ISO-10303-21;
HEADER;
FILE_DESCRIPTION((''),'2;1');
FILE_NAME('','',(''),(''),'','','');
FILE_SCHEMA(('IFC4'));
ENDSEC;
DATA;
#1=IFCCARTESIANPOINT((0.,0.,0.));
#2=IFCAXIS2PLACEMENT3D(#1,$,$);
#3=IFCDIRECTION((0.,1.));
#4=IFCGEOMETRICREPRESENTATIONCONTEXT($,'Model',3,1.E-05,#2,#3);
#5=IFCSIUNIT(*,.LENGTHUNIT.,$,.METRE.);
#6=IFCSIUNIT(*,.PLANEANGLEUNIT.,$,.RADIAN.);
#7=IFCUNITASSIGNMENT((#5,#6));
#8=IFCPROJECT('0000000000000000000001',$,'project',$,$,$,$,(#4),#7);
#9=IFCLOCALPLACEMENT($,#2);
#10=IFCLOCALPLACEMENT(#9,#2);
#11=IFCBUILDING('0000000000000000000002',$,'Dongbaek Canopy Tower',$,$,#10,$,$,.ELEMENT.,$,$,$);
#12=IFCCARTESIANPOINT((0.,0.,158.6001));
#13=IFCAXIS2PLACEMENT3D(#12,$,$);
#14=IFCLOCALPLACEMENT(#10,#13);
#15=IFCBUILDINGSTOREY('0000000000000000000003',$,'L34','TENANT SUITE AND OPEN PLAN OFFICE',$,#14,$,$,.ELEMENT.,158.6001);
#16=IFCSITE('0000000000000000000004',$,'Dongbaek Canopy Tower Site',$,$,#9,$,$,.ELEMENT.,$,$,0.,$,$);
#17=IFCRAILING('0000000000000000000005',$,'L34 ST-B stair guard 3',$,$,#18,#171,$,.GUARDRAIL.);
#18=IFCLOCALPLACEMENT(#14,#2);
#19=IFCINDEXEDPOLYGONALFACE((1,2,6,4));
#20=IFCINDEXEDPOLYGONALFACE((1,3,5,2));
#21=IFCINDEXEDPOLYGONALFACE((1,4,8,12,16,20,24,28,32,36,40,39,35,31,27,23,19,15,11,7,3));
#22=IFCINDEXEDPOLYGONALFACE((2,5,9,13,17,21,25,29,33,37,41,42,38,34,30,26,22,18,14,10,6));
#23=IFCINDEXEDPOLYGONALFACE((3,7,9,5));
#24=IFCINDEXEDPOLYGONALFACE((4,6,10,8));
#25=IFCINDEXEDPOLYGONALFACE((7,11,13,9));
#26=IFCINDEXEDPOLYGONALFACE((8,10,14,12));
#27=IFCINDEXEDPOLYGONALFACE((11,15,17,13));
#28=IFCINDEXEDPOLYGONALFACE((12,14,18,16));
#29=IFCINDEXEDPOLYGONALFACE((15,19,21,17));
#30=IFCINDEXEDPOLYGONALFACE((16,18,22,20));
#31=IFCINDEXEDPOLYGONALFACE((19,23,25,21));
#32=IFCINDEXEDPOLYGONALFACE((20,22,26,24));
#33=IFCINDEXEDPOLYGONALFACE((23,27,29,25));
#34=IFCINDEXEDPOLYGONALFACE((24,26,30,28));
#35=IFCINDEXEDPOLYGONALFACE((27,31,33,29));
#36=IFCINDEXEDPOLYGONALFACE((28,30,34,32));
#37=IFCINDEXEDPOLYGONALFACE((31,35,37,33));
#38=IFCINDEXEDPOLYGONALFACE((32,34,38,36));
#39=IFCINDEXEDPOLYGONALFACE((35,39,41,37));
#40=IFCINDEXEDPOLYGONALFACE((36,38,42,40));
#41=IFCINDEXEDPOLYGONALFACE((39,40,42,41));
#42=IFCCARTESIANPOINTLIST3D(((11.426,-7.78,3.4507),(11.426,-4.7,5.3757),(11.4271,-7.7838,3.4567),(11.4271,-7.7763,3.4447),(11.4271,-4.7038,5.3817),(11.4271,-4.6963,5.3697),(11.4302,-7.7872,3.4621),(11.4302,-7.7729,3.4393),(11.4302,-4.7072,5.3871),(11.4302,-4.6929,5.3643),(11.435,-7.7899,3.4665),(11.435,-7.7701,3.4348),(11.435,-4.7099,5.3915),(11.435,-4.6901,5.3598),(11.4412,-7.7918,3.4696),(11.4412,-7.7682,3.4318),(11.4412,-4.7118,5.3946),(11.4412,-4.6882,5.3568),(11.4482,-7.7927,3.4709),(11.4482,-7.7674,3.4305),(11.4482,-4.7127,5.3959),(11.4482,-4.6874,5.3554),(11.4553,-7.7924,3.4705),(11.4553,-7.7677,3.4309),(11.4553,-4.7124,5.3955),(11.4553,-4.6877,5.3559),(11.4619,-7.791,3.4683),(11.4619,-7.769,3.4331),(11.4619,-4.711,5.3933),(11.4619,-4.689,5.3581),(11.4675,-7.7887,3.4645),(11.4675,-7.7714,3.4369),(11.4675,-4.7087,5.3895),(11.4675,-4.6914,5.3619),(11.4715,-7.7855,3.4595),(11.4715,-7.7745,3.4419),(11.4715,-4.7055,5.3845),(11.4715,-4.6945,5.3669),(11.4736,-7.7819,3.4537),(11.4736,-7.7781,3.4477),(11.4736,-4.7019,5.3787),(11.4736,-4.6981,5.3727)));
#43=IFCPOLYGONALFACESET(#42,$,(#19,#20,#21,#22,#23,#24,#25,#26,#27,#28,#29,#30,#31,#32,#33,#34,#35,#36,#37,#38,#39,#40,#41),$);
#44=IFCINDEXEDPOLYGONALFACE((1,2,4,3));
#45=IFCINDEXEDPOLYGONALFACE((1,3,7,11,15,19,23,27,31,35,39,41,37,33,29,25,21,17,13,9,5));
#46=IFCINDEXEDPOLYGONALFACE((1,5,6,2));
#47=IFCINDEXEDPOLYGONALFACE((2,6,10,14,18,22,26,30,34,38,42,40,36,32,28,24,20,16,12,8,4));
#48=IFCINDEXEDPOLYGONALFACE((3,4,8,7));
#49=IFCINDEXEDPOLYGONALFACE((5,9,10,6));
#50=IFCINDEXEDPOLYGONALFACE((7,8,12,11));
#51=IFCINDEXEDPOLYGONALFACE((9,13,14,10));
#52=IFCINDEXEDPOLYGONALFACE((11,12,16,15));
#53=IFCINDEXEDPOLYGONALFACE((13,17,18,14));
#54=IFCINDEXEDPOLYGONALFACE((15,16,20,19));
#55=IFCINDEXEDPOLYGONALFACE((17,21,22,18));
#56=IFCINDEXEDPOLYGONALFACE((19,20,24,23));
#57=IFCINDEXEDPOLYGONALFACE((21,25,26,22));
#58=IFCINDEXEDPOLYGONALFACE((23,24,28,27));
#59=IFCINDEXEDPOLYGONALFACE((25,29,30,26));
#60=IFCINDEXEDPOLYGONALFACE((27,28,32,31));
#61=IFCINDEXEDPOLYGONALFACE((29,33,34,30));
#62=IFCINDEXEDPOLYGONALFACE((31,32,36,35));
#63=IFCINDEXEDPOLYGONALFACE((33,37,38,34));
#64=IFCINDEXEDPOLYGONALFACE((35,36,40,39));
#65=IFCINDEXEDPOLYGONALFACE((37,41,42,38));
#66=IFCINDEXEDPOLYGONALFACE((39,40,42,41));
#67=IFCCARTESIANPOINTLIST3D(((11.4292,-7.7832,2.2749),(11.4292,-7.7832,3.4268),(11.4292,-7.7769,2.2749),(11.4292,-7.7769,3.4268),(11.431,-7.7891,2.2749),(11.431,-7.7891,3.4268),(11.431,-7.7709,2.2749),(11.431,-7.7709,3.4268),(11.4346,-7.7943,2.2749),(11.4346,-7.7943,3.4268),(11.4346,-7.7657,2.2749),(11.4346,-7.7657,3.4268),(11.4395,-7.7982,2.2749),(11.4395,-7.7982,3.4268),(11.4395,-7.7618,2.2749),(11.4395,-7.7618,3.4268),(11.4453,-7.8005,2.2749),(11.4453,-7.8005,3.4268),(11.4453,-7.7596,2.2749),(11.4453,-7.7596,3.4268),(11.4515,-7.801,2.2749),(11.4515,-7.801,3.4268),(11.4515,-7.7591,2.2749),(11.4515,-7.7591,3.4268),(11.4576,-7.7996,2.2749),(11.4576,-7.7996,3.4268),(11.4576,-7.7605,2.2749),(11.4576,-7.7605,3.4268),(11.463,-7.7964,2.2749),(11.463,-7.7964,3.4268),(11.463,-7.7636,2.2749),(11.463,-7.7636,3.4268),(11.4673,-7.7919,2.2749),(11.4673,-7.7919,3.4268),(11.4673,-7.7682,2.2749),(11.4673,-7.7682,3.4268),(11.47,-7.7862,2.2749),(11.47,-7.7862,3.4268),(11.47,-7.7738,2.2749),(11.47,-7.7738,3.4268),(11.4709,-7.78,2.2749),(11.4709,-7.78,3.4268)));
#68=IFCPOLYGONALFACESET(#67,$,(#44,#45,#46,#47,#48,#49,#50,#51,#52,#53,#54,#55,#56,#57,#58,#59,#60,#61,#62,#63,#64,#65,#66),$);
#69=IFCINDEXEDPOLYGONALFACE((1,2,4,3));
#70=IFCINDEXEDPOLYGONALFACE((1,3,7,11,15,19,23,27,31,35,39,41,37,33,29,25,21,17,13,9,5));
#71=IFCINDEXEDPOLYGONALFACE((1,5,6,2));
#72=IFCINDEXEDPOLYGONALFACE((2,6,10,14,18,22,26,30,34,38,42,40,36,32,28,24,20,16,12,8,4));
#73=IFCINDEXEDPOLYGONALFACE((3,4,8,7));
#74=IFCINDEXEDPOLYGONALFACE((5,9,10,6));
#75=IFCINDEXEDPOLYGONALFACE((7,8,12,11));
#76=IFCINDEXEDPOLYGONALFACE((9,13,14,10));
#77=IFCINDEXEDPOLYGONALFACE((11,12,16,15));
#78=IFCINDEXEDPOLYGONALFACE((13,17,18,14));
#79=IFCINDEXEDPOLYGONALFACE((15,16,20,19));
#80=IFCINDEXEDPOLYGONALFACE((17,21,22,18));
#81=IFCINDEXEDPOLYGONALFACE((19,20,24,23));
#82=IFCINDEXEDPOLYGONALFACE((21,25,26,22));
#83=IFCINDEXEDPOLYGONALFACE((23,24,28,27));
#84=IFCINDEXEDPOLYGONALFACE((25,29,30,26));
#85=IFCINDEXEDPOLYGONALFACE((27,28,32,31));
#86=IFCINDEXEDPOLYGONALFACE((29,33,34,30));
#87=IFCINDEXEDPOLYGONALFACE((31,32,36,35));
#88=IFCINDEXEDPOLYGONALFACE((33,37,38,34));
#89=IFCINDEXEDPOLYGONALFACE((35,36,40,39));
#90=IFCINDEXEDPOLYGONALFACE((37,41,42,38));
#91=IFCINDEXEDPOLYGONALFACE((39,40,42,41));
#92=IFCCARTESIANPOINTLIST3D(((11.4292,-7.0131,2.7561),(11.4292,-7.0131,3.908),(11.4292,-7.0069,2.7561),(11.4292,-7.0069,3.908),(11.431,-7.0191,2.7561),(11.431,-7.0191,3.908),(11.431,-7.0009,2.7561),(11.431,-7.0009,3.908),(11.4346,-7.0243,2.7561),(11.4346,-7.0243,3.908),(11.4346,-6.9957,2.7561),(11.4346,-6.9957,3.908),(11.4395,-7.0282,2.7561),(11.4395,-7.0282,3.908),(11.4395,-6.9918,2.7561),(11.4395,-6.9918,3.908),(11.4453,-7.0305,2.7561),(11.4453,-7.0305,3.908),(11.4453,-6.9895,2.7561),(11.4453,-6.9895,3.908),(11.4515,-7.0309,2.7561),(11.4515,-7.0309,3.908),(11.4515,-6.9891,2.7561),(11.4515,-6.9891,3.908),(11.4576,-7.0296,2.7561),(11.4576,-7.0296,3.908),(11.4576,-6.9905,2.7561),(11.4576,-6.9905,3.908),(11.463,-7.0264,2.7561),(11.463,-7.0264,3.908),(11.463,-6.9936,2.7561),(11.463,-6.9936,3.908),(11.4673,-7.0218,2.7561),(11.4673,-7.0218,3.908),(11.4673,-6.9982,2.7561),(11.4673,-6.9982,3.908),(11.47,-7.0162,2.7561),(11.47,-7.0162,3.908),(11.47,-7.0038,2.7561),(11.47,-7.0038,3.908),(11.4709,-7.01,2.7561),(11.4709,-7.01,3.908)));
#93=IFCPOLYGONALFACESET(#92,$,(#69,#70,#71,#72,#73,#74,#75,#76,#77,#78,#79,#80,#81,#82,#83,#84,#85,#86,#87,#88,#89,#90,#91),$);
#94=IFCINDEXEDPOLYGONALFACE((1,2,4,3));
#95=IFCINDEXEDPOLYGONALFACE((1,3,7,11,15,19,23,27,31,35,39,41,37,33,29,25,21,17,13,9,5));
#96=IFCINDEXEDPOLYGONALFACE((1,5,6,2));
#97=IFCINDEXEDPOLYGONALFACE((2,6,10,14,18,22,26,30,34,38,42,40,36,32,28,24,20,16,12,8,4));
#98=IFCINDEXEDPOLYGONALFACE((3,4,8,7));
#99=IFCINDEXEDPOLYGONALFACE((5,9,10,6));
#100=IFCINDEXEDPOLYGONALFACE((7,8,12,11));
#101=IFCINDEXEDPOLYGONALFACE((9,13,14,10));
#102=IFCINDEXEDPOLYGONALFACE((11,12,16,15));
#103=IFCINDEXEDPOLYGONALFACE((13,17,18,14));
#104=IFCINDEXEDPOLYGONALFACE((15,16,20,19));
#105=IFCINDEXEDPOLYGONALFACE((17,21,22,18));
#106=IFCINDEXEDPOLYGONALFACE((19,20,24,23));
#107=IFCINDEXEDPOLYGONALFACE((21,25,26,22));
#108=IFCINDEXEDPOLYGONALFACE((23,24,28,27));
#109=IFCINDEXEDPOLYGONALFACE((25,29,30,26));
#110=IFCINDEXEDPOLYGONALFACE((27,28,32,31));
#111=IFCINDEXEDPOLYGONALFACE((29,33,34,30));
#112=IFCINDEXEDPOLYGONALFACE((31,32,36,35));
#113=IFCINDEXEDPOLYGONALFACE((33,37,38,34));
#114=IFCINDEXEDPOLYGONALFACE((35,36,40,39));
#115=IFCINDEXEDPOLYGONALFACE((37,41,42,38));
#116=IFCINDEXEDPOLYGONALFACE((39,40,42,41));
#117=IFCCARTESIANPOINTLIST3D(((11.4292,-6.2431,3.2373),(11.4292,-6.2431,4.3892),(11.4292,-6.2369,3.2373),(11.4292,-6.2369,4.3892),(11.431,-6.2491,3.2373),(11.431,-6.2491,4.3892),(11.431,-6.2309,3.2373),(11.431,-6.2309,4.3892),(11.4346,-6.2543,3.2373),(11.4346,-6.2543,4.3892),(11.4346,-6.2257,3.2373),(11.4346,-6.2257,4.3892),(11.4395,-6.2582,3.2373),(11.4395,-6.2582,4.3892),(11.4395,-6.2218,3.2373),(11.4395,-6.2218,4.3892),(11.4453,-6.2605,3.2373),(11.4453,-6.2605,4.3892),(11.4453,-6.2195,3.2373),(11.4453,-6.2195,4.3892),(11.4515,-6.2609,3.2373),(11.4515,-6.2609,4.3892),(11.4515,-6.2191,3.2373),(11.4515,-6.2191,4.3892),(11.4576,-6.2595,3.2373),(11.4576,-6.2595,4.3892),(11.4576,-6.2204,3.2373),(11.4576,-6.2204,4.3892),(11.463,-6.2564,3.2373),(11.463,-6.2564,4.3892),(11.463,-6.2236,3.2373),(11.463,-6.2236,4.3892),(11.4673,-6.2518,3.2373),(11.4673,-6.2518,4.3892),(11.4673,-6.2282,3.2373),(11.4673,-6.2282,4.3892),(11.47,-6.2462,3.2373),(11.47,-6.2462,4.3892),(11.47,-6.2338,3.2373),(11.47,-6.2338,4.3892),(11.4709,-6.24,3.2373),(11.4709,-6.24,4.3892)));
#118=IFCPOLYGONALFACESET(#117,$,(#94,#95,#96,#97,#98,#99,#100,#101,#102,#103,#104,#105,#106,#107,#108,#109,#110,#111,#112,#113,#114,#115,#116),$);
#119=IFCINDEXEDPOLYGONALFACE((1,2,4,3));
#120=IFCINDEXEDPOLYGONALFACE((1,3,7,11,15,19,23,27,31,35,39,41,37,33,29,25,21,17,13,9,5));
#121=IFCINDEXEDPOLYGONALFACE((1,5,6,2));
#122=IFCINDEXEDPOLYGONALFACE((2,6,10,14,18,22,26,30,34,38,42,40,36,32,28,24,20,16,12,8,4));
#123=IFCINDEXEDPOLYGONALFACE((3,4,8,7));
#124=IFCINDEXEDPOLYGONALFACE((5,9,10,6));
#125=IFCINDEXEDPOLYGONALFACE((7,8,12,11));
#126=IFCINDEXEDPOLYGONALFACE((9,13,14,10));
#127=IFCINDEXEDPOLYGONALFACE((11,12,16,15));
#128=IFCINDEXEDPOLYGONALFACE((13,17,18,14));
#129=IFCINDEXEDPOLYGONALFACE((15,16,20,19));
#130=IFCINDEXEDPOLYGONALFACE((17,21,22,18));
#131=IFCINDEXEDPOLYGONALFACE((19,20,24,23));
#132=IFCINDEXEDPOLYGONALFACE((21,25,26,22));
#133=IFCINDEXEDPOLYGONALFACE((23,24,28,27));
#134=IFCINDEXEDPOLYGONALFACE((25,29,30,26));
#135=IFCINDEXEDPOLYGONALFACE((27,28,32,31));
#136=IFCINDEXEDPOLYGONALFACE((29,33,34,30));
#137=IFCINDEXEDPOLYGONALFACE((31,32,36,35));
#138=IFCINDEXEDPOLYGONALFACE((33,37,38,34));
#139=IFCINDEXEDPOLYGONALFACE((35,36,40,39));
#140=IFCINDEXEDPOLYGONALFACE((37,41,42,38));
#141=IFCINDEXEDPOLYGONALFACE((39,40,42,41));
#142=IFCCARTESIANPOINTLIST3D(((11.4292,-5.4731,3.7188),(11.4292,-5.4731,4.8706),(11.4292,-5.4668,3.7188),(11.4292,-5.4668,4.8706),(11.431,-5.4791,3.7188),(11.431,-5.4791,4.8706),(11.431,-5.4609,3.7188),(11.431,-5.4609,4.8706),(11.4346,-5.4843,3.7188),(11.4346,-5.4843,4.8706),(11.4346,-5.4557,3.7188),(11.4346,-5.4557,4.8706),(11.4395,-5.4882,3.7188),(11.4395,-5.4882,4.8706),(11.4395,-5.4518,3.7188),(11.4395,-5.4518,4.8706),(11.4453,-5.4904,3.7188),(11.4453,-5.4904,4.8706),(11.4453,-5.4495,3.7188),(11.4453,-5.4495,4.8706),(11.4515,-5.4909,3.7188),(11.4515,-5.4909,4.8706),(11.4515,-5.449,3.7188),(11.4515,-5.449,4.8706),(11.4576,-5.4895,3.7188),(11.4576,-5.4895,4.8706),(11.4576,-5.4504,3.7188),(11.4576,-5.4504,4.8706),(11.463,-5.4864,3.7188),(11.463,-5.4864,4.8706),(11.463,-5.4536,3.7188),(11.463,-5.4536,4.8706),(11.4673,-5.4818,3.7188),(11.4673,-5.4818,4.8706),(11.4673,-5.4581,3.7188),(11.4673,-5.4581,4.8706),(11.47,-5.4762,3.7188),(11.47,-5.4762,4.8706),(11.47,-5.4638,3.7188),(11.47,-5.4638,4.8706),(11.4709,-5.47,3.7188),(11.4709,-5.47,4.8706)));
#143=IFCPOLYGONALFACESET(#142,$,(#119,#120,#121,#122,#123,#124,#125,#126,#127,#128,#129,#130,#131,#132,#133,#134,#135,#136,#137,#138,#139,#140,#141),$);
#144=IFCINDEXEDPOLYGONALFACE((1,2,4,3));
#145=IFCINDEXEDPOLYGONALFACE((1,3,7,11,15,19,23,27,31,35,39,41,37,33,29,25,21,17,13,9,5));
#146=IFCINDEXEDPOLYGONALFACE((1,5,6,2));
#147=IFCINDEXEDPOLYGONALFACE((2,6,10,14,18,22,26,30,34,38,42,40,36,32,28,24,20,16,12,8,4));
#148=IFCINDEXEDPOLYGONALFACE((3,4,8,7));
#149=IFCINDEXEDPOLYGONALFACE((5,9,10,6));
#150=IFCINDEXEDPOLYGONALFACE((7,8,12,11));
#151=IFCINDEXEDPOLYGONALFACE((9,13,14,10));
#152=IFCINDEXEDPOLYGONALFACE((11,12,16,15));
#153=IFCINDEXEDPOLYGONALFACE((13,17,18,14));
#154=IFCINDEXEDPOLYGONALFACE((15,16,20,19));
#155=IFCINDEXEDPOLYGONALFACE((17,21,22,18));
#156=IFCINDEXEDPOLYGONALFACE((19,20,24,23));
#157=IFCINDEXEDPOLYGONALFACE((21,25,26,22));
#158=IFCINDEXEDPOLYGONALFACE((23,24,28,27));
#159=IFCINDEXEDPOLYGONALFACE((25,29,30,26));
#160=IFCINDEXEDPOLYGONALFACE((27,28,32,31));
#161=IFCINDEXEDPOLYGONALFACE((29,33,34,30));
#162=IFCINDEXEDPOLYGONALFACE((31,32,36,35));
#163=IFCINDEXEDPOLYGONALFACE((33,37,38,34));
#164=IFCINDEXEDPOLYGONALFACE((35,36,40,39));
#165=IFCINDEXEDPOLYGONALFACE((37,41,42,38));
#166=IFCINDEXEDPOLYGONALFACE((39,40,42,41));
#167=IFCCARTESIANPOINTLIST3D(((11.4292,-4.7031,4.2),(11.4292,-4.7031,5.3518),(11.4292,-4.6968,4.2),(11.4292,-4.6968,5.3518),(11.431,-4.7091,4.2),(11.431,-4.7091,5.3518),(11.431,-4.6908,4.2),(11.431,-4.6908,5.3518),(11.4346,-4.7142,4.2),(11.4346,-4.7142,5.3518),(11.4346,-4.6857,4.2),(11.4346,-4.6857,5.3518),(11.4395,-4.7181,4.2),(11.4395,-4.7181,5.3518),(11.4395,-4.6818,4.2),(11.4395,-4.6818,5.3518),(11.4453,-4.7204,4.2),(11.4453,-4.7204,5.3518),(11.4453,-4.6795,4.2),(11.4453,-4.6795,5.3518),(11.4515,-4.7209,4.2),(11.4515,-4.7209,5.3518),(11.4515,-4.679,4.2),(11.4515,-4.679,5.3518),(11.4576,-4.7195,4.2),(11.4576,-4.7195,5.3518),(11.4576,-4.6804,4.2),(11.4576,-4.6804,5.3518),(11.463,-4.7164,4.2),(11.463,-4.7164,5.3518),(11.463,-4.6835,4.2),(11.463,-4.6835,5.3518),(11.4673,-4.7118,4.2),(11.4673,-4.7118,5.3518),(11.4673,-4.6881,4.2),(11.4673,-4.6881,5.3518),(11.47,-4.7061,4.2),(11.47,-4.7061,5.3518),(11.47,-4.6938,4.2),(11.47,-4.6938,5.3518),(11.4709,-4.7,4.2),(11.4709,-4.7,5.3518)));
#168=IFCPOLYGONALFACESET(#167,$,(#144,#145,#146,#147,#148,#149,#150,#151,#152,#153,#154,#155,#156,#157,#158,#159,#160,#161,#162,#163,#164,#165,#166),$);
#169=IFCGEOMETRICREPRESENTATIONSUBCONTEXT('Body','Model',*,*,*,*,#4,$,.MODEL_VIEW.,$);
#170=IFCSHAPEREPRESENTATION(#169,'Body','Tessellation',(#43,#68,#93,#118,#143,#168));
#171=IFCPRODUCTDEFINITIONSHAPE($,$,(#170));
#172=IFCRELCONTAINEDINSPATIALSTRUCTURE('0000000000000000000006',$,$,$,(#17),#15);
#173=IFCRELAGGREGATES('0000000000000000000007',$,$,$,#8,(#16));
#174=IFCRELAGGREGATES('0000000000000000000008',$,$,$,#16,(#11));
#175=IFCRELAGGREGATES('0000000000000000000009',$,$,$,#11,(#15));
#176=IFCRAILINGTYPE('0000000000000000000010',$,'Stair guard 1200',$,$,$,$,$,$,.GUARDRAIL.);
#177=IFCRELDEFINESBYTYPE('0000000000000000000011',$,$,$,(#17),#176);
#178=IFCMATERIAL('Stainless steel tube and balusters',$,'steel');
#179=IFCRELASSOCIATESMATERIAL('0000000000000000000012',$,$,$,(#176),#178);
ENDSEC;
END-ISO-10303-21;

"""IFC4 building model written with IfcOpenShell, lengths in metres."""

from ifc_helpers import new_model, si_unit, direction, frame, origin, origin_2d, place, context, subcontext, project, spatial, circle, extrude, material, type_object, element, save


model = new_model("IFC4")

# Units and contexts
model_context = context("Model", 3, precision=1e-05, world=origin(), true_north=direction((0.0, 1.0)))
body_context = subcontext(model_context, "Body", "Model", "MODEL_VIEW")
ifc_project = project(units=[si_unit("LENGTHUNIT", "METRE"), si_unit("PLANEANGLEUNIT", "RADIAN")], contexts=[model_context])

# Site, building, storey
site_placement = place(None, origin())
site = spatial("IfcSite", under=ifc_project, at=site_placement, Name="Dongbaek Canopy Tower Site", CompositionType="ELEMENT", RefElevation=0.0)
building_placement = place(site_placement, origin())
building = spatial("IfcBuilding", under=site, at=building_placement, Name="Dongbaek Canopy Tower", CompositionType="ELEMENT")
storey_placement = place(building_placement, frame((0.0, 0.0, 158.6001)))
storey = spatial("IfcBuildingStorey", under=building, at=storey_placement, Name="L34", Description="TENANT SUITE AND OPEN PLAN OFFICE", CompositionType="ELEMENT", Elevation=158.6001)

# Railing
ifc_material_1 = material(Name="Stainless steel tube and balusters", Category="steel")
railing_type_1 = type_object("IfcRailingType", Name="Stair guard 1200", PredefinedType="GUARDRAIL", material=ifc_material_1)
railing_1_placement = place(storey_placement, frame((11.45, -7.78, 2.2749)))
element("IfcRailing", 1, at=railing_1_placement, inside=storey, type_object=railing_type_1, Name="L34 ST-B stair guard 3", PredefinedType="GUARDRAIL", context=body_context, shape_type="SweptSolid", body=[
    extrude(circle(Radius=0.0239, at=origin_2d()), frame((0.0, 0.0, 1.1758), z_axis=(0.0, 0.847998, 0.529999), x_axis=(-1.0, 0.0, 0.0)), (0.0, 0.0, 1.0), 3.6321),
    extrude(circle(Radius=0.021, at=origin_2d()), origin(), (0.0, 0.0, 1.0), 1.1519),
    extrude(circle(Radius=0.021, at=origin_2d()), frame((0.0, 0.77, 0.4812)), (0.0, 0.0, 1.0), 1.1519),
    extrude(circle(Radius=0.021, at=origin_2d()), frame((0.0, 1.54, 0.9624)), (0.0, 0.0, 1.0), 1.1519),
    extrude(circle(Radius=0.021, at=origin_2d()), frame((0.0, 2.3101, 1.4438)), (0.0, 0.0, 1.0), 1.1519),
    extrude(circle(Radius=0.021, at=origin_2d()), frame((0.0, 3.0801, 1.925)), (0.0, 0.0, 1.0), 1.1519),
])

save(model, "model.ifc")
